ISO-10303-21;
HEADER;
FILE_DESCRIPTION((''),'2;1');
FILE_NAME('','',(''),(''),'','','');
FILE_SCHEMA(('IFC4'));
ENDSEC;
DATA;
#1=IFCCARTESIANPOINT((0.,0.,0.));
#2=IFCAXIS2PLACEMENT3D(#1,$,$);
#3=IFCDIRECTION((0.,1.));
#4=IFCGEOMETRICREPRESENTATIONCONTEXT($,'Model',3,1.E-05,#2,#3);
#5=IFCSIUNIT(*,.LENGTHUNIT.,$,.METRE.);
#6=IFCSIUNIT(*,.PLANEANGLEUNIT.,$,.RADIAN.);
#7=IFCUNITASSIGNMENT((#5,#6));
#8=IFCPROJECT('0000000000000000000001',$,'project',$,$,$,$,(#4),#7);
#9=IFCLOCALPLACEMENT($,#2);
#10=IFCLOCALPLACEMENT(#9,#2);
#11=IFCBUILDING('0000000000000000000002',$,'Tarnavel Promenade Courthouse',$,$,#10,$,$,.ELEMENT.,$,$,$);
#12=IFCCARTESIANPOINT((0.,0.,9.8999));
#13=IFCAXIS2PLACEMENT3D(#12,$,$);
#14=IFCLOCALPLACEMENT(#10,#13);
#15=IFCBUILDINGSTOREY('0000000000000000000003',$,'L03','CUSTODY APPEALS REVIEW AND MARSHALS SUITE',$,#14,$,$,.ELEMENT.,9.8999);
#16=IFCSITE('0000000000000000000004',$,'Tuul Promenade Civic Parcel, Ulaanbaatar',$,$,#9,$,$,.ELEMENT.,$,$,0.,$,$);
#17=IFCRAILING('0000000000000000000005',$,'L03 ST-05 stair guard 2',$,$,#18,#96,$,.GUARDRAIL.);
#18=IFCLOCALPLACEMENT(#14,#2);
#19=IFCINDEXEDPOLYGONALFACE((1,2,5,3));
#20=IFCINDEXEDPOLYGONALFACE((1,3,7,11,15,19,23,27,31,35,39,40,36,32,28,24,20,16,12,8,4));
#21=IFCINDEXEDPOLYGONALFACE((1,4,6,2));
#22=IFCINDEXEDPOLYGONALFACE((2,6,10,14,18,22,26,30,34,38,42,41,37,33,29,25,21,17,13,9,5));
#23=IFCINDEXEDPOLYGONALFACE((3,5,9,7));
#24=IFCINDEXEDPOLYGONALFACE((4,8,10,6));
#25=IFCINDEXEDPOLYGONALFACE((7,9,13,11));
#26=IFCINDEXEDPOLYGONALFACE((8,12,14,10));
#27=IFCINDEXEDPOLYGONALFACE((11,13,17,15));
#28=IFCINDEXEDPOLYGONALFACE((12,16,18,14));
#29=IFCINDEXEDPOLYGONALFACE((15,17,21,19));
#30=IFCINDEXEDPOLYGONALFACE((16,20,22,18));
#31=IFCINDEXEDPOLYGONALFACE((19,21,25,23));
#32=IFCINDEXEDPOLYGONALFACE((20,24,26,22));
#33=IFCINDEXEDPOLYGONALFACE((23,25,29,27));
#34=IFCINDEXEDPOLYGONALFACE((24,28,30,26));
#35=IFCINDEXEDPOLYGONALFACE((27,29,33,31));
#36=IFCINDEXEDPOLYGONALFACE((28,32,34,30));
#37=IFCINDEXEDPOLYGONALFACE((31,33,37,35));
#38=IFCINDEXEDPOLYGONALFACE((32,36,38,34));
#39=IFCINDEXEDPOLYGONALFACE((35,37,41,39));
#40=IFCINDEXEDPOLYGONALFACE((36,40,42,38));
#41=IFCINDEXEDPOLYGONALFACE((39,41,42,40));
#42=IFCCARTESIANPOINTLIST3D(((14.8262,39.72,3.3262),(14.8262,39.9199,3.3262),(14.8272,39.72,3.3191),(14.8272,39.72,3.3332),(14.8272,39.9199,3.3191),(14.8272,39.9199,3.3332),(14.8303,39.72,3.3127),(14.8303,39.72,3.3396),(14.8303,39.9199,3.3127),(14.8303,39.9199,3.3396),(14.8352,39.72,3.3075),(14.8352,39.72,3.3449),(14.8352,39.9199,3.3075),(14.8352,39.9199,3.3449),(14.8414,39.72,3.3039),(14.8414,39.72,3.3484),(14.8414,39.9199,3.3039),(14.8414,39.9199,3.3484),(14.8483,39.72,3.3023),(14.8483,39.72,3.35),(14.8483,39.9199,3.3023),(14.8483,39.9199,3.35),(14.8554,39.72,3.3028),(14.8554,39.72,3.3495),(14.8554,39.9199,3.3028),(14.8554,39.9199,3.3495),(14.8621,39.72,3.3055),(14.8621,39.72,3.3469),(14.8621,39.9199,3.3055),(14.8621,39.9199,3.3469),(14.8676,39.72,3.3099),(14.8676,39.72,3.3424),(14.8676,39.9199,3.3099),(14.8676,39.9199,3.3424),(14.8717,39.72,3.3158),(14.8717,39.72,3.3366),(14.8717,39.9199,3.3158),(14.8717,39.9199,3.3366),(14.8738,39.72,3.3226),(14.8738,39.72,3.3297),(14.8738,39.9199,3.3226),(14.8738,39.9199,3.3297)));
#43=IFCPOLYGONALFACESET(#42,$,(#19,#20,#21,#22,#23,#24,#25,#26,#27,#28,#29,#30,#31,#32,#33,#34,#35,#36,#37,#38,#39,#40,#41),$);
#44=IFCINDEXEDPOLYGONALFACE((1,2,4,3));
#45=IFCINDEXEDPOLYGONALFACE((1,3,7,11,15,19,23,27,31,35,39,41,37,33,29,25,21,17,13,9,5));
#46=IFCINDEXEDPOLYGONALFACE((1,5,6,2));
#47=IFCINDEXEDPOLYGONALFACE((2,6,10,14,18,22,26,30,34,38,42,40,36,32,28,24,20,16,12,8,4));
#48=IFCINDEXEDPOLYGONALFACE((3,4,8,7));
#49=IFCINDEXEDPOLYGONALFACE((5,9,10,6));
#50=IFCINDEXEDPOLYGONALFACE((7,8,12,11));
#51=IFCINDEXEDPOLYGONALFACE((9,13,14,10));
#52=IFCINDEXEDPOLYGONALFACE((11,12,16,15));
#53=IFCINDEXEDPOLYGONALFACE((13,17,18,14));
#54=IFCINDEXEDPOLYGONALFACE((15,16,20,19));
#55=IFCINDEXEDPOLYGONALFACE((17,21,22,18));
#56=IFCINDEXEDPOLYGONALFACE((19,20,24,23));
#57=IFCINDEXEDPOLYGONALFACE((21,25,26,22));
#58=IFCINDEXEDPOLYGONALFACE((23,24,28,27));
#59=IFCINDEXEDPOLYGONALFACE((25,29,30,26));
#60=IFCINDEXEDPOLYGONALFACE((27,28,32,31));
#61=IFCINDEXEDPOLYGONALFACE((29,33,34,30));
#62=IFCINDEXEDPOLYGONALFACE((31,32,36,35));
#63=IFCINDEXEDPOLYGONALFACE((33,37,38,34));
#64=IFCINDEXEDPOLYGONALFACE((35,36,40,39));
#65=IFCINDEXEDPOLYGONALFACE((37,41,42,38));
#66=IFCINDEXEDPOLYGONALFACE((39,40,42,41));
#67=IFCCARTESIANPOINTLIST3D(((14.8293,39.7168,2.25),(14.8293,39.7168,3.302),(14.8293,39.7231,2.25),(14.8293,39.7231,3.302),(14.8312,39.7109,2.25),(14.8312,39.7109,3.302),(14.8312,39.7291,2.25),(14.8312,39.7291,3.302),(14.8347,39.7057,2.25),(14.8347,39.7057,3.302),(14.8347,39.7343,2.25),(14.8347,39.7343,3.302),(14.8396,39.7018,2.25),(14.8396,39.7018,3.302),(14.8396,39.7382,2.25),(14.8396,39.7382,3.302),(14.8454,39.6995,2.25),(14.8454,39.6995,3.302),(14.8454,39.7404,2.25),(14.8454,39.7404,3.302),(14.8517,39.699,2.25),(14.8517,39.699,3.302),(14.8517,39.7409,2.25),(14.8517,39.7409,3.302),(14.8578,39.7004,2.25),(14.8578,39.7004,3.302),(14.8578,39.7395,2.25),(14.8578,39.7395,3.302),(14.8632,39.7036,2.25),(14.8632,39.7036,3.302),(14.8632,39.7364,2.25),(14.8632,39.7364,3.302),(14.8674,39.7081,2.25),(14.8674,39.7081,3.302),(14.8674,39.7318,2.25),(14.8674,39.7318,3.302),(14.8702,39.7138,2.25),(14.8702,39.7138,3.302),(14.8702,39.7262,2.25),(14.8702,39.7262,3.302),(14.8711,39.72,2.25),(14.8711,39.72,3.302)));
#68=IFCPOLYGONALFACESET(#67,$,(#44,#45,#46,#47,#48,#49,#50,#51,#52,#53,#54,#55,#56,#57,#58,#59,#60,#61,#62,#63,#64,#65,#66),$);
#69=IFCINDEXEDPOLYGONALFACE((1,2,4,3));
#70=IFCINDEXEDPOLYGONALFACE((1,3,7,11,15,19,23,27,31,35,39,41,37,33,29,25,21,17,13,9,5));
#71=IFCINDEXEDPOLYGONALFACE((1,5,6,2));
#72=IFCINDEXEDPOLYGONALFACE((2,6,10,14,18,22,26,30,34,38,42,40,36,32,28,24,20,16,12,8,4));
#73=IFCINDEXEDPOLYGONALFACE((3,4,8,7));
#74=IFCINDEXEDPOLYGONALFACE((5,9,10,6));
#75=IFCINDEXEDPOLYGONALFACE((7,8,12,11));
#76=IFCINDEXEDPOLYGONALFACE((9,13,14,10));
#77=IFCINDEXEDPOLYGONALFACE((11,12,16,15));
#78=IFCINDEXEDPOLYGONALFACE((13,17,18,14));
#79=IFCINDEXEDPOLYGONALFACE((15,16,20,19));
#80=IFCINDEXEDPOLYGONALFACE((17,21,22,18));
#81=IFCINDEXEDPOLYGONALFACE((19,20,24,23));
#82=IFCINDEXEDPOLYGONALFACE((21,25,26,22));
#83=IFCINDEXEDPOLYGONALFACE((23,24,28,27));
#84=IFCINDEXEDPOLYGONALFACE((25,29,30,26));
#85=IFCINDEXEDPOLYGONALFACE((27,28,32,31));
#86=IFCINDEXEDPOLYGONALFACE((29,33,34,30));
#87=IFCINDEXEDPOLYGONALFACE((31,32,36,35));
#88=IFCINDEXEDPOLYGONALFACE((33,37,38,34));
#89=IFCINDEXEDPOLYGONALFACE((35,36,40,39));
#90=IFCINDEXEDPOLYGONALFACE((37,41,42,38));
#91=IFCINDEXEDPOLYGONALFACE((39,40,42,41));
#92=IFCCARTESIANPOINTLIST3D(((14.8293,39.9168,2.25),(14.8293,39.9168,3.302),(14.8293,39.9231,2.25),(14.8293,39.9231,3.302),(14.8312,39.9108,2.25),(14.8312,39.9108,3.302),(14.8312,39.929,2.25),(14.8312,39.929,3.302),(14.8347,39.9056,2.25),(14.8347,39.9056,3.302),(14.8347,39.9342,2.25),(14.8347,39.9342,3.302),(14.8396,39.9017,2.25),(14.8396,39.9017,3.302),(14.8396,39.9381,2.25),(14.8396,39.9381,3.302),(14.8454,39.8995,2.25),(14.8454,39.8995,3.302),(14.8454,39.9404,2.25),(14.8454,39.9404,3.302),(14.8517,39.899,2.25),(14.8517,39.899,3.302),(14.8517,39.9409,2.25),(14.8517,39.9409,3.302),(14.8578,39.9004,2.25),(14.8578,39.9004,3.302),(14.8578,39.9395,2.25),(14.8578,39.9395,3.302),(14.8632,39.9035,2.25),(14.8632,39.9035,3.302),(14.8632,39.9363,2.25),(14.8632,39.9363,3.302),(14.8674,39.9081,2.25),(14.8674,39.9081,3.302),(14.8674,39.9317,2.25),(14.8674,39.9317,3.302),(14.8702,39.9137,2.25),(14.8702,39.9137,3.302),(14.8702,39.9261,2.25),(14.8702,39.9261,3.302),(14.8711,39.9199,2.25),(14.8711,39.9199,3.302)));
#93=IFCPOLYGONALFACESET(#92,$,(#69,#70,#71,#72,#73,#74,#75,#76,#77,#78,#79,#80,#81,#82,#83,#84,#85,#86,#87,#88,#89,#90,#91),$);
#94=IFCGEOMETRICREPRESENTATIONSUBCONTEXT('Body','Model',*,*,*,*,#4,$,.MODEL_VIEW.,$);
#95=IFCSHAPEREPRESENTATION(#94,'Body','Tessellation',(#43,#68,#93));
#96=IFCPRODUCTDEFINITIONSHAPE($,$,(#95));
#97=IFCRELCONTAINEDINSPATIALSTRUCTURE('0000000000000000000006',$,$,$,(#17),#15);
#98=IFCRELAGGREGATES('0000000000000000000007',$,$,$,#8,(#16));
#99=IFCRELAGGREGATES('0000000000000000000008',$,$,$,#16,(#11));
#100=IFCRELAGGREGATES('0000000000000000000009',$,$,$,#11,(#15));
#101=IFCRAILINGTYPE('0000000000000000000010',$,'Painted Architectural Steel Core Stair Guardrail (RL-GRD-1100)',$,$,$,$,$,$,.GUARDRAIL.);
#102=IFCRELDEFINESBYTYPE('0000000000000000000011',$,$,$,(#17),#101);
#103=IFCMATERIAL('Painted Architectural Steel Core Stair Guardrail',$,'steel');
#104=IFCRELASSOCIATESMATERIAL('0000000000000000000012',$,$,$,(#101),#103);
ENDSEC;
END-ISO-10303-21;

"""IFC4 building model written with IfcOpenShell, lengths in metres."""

from ifc_helpers import new_model, si_unit, direction, frame, origin, origin_2d, place, context, subcontext, project, spatial, circle, extrude, material, type_object, element, save


model = new_model("IFC4")

# Units and contexts
model_context = context("Model", 3, precision=1e-05, world=origin(), true_north=direction((0.0, 1.0)))
body_context = subcontext(model_context, "Body", "Model", "MODEL_VIEW")
ifc_project = project(units=[si_unit("LENGTHUNIT", "METRE"), si_unit("PLANEANGLEUNIT", "RADIAN")], contexts=[model_context])

# Site, building, storey
site_placement = place(None, origin())
site = spatial("IfcSite", under=ifc_project, at=site_placement, Name="Tuul Promenade Civic Parcel, Ulaanbaatar", CompositionType="ELEMENT", RefElevation=0.0)
building_placement = place(site_placement, origin())
building = spatial("IfcBuilding", under=site, at=building_placement, Name="Tarnavel Promenade Courthouse", CompositionType="ELEMENT")
storey_placement = place(building_placement, frame((0.0, 0.0, 9.8999)))
storey = spatial("IfcBuildingStorey", under=building, at=storey_placement, Name="L03", Description="CUSTODY APPEALS REVIEW AND MARSHALS SUITE", CompositionType="ELEMENT", Elevation=9.8999)

# Railing
ifc_material_1 = material(Name="Painted Architectural Steel Core Stair Guardrail", Category="steel")
railing_type_1 = type_object("IfcRailingType", Name="Painted Architectural Steel Core Stair Guardrail (RL-GRD-1100)", PredefinedType="GUARDRAIL", material=ifc_material_1)
railing_1_placement = place(storey_placement, frame((14.8501, 39.72, 2.25)))
element("IfcRailing", 1, at=railing_1_placement, inside=storey, type_object=railing_type_1, Name="L03 ST-05 stair guard 2", PredefinedType="GUARDRAIL", context=body_context, shape_type="SweptSolid", body=[
    extrude(circle(Radius=0.0239, at=origin_2d()), frame((0.0, 0.0, 1.0762), z_axis=(0.0, 1.0, 0.0), x_axis=(-1.0, 0.0, 0.0)), (0.0, 0.0, 1.0), 0.2),
    extrude(circle(Radius=0.021, at=origin_2d()), origin(), (0.0, 0.0, 1.0), 1.052),
    extrude(circle(Radius=0.021, at=origin_2d()), frame((0.0, 0.2, 0.0)), (0.0, 0.0, 1.0), 1.052),
])

save(model, "model.ifc")
